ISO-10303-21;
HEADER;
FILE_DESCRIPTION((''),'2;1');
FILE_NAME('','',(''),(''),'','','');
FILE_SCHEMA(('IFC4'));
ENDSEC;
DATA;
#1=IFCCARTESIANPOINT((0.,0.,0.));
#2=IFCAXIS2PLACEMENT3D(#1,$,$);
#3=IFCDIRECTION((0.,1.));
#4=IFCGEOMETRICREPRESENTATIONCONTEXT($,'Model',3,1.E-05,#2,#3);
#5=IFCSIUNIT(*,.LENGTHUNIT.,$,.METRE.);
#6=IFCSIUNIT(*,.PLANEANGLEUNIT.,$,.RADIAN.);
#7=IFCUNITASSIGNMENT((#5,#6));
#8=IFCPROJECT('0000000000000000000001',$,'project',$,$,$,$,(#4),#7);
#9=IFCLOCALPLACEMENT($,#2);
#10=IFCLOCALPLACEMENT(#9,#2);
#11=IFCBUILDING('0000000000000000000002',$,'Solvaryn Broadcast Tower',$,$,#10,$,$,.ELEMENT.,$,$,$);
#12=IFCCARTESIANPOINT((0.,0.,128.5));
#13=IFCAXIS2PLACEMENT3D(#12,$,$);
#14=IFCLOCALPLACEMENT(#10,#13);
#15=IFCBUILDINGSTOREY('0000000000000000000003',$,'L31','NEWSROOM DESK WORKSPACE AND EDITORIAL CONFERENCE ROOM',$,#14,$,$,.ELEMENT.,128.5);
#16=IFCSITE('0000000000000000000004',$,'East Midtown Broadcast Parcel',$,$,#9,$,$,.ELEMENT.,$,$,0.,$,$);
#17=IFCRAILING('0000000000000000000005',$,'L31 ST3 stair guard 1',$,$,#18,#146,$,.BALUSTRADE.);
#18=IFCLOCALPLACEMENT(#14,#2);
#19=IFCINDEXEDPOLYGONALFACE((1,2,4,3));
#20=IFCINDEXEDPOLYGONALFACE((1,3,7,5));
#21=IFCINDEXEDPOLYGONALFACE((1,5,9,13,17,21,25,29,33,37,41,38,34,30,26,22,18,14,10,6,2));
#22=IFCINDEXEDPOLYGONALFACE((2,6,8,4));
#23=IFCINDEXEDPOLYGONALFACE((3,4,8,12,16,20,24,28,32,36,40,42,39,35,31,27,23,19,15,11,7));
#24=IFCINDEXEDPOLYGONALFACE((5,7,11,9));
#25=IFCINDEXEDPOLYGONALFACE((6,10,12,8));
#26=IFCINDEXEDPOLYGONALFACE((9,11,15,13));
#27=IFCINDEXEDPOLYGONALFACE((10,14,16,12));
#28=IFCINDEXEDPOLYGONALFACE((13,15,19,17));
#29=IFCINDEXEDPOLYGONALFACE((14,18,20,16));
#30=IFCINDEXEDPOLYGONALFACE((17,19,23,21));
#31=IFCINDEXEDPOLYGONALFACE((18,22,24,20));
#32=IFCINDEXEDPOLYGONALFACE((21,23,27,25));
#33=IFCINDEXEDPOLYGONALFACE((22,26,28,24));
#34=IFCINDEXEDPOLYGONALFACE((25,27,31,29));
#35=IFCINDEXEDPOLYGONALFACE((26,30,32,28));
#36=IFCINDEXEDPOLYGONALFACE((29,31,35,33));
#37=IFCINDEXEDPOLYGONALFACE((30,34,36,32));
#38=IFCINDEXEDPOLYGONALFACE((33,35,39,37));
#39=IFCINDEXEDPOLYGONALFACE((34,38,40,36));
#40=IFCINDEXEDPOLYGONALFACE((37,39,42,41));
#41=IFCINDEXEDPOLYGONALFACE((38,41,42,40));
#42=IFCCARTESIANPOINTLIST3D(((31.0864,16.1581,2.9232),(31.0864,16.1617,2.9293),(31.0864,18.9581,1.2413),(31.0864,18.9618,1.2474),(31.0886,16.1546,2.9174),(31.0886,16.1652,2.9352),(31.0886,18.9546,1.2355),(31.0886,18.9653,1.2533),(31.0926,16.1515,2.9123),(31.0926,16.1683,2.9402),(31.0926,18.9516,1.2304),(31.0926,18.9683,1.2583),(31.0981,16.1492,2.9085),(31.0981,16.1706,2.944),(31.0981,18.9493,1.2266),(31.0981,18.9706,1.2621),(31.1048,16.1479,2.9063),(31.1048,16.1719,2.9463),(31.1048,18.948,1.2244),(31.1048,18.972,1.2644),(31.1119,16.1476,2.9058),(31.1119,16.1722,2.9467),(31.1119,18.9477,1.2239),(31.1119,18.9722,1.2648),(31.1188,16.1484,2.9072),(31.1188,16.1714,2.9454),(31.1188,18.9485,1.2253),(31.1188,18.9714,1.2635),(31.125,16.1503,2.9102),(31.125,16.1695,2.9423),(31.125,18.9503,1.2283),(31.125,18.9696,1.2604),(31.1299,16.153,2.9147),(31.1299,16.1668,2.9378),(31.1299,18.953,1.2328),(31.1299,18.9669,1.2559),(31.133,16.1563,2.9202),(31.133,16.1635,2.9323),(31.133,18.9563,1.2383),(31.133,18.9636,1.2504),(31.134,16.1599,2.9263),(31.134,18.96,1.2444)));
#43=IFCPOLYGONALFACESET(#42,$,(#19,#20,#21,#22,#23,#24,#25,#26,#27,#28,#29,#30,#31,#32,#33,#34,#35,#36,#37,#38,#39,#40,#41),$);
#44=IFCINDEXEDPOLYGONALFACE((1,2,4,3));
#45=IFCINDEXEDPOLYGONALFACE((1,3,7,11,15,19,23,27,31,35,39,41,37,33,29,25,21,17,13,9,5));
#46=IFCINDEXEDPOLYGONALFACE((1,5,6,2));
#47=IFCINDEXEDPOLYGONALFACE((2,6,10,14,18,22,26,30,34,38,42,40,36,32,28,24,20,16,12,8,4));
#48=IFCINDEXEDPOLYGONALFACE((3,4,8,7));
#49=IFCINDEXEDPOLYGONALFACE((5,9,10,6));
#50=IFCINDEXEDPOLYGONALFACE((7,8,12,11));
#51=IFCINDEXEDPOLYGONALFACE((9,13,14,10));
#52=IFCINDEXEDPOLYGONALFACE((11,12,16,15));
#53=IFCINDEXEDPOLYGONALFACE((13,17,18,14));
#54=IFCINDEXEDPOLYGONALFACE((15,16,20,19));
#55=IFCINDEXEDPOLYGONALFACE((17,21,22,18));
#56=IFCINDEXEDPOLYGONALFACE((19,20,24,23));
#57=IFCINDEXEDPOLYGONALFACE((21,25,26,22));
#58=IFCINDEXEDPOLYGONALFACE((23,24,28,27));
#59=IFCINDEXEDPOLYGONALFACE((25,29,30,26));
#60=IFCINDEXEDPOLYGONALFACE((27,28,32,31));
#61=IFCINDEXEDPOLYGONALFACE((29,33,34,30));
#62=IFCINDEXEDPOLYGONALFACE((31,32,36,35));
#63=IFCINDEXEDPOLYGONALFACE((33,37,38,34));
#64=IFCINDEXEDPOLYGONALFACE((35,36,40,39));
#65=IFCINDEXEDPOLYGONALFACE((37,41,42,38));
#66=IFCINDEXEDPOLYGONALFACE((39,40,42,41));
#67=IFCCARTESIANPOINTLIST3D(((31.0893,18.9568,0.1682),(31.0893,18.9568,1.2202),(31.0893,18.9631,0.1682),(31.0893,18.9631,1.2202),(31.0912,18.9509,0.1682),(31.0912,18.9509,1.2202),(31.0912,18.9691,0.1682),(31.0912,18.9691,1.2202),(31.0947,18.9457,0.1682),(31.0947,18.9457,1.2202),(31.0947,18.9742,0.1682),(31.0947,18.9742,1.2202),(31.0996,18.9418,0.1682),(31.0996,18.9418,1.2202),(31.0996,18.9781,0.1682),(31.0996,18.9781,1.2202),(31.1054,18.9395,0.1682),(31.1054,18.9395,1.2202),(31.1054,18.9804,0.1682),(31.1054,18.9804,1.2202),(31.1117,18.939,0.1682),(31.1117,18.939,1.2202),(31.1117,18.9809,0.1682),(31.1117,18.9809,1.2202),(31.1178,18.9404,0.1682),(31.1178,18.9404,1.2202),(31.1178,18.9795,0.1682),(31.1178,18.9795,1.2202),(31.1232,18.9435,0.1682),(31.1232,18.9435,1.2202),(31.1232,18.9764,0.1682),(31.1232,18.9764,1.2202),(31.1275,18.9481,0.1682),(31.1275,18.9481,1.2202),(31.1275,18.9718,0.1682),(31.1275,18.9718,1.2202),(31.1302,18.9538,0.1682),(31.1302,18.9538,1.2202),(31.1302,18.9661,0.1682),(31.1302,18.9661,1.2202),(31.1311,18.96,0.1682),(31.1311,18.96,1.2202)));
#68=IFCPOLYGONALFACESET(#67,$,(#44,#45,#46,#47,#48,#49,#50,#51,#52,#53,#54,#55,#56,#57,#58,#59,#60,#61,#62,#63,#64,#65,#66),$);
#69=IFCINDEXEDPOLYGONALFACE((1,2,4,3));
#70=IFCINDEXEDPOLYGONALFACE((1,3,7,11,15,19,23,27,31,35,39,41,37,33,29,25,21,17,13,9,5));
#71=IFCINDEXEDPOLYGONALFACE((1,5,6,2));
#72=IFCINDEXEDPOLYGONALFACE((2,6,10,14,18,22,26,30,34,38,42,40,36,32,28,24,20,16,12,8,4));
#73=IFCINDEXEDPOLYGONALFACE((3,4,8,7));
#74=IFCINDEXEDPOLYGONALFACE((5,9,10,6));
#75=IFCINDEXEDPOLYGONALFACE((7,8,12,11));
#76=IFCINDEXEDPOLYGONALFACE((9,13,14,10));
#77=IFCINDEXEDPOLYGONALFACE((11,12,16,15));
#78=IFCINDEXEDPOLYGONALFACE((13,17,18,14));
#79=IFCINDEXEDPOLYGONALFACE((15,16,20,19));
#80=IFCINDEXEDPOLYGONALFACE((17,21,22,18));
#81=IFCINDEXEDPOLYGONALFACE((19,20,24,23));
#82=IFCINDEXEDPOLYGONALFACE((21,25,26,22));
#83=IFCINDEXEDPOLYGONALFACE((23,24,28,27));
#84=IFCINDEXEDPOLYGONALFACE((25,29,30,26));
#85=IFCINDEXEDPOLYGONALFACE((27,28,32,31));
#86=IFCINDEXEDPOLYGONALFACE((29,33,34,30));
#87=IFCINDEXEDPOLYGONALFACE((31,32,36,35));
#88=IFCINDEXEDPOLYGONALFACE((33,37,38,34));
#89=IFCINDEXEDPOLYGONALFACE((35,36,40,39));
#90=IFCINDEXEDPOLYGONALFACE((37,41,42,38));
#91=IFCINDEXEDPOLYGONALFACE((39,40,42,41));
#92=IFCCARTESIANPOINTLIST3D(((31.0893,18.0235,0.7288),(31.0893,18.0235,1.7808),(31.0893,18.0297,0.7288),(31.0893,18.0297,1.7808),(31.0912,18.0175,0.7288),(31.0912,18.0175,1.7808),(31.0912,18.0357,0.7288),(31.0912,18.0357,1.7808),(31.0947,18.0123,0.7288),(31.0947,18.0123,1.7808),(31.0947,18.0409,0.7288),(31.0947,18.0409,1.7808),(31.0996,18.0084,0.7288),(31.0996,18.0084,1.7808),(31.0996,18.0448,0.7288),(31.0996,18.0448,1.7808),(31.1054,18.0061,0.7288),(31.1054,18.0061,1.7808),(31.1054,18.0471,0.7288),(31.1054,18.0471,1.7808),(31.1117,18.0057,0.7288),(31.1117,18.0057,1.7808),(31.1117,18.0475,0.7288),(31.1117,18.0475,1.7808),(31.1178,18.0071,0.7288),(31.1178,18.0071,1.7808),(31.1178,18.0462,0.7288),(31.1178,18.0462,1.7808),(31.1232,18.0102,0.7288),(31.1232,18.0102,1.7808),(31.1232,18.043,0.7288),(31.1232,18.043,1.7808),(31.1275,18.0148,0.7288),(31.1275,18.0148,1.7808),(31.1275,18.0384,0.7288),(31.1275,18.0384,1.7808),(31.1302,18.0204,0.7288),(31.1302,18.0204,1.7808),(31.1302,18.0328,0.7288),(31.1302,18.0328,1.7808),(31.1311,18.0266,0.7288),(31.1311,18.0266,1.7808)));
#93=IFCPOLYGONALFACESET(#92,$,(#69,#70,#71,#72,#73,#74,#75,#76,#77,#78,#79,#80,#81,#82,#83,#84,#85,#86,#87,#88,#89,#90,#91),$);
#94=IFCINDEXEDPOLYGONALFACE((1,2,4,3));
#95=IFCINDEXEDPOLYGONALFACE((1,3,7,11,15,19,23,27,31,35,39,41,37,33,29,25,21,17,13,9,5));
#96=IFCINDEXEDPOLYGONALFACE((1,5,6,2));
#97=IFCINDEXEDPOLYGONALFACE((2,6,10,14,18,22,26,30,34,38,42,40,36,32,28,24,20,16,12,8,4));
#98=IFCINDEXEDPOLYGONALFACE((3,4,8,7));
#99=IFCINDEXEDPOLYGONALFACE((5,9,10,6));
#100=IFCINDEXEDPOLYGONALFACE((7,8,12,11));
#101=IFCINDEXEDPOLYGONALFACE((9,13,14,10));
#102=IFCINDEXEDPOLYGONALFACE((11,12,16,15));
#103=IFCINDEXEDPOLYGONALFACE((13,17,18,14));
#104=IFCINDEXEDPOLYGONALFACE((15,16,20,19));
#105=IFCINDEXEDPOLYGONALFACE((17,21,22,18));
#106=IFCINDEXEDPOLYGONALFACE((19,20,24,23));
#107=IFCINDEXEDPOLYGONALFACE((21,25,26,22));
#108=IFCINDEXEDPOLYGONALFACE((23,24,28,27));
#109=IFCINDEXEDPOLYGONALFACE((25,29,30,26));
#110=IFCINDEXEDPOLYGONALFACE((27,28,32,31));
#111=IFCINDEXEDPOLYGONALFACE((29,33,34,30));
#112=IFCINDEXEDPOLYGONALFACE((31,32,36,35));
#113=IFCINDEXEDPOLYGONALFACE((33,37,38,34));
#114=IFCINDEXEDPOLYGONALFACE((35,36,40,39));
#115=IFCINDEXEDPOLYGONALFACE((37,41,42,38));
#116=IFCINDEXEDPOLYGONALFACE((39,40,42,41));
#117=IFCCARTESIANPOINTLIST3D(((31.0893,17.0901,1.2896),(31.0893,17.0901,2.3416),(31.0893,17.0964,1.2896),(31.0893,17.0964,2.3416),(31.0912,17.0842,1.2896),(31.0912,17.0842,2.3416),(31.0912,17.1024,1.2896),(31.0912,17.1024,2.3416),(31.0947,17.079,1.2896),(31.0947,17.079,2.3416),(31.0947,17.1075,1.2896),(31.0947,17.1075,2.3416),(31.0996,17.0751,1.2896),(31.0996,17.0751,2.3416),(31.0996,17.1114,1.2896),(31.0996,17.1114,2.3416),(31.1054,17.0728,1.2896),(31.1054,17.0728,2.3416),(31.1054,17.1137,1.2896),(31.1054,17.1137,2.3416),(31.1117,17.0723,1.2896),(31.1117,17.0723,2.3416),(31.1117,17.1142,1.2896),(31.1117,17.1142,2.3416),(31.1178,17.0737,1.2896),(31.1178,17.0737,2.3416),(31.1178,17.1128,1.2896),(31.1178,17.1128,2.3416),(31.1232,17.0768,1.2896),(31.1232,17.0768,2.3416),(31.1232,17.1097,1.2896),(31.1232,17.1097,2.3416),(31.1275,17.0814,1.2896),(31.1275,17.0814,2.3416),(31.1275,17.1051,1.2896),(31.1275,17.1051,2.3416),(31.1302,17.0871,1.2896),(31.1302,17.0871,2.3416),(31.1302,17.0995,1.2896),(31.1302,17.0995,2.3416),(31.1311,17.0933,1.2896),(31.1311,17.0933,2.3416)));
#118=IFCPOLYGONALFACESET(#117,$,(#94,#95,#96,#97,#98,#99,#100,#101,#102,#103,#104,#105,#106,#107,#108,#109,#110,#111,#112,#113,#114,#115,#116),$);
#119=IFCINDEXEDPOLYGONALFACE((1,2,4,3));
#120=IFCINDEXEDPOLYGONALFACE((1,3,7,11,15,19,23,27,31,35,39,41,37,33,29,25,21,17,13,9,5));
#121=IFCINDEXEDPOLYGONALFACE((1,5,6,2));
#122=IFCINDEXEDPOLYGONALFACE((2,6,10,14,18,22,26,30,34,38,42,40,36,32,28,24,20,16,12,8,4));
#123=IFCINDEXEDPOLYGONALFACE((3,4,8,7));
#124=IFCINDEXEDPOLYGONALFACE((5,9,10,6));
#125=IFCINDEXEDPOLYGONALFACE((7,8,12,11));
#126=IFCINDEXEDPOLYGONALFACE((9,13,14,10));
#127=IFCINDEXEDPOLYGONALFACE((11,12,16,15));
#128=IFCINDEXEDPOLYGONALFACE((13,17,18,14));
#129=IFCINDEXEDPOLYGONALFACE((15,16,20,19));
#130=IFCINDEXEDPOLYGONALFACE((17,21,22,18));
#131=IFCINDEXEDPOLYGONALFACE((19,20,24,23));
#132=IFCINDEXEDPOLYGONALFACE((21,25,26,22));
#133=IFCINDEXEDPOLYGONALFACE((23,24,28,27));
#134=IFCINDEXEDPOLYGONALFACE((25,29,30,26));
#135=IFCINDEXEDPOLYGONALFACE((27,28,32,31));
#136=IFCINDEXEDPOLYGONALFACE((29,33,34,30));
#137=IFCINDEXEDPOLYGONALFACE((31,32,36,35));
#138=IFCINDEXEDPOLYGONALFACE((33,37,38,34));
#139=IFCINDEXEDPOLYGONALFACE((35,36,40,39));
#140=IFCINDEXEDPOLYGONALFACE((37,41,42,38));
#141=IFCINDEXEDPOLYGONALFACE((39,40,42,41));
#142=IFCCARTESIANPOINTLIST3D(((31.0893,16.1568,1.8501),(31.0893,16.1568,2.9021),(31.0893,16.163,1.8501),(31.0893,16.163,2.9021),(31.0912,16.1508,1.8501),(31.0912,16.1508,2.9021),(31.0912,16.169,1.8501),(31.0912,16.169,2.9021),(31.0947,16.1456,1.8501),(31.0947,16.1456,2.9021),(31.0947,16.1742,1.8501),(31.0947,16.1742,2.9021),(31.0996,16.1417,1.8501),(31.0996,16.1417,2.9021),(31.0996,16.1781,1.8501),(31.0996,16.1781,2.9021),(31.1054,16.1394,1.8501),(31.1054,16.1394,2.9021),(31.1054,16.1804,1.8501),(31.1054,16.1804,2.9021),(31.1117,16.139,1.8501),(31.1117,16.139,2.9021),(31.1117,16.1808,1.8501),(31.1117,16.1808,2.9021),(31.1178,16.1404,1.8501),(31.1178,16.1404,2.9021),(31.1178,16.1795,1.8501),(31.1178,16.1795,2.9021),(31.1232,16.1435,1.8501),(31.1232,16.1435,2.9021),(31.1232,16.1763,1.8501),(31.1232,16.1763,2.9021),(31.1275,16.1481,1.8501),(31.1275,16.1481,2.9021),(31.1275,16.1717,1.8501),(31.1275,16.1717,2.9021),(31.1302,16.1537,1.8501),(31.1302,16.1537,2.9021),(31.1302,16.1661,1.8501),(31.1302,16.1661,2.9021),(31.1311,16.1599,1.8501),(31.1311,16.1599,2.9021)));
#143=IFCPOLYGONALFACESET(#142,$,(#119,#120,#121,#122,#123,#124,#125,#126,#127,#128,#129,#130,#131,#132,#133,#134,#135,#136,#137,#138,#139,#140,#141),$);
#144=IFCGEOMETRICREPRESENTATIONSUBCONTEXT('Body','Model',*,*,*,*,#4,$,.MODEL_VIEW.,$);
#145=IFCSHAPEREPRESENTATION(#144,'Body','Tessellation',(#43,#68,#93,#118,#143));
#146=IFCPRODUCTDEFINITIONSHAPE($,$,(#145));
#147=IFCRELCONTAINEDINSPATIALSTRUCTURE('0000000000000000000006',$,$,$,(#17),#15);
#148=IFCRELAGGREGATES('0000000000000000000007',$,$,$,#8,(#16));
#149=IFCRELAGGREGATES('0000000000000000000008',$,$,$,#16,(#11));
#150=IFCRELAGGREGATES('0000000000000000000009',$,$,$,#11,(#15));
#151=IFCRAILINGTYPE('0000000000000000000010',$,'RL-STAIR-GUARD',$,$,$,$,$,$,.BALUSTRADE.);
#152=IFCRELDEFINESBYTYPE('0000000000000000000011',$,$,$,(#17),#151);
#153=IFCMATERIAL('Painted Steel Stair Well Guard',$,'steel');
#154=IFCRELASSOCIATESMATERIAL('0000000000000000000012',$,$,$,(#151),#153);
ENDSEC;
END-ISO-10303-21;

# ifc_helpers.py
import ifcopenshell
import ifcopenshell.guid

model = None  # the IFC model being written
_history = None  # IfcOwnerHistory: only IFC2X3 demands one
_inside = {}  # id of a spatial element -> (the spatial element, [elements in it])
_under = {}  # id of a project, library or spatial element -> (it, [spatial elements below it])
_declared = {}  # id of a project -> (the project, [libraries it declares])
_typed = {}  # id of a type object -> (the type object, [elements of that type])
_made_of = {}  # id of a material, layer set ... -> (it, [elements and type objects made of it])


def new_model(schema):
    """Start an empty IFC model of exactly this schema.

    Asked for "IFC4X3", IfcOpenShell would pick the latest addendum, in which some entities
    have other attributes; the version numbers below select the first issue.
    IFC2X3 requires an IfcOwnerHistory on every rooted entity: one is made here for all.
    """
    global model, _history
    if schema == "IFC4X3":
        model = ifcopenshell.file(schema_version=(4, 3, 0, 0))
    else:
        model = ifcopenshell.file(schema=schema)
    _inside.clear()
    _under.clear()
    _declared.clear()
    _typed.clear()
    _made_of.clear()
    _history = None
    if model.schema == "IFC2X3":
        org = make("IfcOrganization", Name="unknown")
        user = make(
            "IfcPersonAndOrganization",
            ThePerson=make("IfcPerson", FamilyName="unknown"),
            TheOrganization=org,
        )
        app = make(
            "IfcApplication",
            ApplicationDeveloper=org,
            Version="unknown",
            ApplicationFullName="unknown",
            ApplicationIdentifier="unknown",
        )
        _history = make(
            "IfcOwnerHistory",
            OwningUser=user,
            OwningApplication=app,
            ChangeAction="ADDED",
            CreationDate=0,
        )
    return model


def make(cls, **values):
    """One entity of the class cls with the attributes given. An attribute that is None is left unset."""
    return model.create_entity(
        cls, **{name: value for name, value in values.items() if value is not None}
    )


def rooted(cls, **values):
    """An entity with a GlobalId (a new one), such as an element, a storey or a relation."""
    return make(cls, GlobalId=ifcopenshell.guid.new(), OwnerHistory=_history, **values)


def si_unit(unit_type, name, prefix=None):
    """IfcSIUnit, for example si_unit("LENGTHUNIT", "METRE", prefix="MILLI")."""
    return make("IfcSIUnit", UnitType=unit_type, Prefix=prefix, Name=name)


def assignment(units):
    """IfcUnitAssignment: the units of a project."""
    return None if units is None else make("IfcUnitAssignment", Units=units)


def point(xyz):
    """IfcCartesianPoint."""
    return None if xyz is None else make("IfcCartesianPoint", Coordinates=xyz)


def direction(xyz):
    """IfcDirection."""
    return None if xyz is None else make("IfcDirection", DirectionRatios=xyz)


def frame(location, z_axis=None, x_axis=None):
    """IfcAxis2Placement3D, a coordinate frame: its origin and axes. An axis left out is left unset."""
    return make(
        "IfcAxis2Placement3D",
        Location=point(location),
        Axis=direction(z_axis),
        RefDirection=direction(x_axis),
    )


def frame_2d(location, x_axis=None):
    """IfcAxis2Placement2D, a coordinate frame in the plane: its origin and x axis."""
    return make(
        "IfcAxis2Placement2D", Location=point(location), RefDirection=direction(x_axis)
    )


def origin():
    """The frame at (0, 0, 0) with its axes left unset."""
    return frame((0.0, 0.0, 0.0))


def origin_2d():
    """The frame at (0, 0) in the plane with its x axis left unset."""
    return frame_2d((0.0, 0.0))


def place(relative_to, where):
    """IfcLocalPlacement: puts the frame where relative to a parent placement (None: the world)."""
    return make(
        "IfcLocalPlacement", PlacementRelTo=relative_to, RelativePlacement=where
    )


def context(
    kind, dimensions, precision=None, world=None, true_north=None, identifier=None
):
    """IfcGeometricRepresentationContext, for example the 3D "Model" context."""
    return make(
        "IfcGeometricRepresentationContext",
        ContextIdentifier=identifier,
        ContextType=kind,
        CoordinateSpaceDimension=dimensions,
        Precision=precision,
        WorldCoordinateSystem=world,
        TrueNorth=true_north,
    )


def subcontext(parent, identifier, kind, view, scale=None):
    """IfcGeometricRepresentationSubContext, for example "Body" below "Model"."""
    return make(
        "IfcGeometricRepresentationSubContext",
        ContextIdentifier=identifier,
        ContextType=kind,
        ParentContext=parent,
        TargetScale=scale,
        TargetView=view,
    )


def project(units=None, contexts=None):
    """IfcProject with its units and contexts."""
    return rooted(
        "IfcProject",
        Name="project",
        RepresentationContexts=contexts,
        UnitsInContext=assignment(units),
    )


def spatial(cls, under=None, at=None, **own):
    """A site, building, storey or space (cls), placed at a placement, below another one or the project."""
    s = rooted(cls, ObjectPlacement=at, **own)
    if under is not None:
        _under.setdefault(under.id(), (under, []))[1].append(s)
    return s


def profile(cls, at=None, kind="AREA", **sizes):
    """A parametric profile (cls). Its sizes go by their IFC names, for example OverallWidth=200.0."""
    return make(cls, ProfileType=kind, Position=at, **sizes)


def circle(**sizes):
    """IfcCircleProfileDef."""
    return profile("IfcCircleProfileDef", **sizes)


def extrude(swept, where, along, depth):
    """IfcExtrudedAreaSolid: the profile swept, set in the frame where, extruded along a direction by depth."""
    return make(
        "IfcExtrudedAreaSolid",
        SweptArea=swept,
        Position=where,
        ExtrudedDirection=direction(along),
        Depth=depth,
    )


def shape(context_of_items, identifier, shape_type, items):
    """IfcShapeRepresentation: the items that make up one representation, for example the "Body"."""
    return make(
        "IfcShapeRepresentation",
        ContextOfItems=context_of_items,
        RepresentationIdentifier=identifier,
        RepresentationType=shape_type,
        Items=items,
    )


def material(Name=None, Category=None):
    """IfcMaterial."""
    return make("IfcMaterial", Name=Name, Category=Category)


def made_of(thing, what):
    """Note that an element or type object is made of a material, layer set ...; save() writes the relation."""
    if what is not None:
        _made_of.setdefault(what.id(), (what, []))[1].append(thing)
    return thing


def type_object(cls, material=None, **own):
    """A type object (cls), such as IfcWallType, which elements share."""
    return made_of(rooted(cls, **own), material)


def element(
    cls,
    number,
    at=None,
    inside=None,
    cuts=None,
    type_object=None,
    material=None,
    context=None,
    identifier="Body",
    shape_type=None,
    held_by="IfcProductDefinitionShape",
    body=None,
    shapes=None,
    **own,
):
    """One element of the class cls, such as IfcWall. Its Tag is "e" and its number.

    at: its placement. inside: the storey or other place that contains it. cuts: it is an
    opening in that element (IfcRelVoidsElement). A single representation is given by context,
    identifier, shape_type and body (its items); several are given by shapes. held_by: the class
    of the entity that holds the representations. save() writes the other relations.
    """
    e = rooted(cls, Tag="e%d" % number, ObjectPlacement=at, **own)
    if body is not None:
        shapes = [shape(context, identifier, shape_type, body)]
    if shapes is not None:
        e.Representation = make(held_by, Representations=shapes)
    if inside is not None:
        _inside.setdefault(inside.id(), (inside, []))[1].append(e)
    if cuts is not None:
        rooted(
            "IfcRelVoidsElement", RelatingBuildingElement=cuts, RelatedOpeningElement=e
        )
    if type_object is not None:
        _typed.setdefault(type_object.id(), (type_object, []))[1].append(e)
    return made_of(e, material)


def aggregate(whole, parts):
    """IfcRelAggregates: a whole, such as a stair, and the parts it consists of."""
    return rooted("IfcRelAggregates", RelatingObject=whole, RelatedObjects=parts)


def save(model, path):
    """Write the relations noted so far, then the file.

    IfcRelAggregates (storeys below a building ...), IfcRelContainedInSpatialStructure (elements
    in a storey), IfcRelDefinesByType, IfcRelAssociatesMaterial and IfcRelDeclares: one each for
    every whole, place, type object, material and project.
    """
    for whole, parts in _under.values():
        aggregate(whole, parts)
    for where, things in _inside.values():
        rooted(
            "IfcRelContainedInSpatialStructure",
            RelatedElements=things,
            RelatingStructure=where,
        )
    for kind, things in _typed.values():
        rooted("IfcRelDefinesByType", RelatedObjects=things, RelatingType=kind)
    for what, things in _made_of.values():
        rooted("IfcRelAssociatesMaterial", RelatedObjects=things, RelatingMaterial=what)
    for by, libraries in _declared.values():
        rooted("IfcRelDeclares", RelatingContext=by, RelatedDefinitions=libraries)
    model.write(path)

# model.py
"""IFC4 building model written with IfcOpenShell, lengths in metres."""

from ifc_helpers import new_model, si_unit, direction, frame, origin, origin_2d, place, context, subcontext, project, spatial, circle, extrude, material, type_object, element, save


model = new_model("IFC4")

# Units and contexts
model_context = context("Model", 3, precision=1e-05, world=origin(), true_north=direction((0.0, 1.0)))
body_context = subcontext(model_context, "Body", "Model", "MODEL_VIEW")
ifc_project = project(units=[si_unit("LENGTHUNIT", "METRE"), si_unit("PLANEANGLEUNIT", "RADIAN")], contexts=[model_context])

# Site, building, storey
site_placement = place(None, origin())
site = spatial("IfcSite", under=ifc_project, at=site_placement, Name="East Midtown Broadcast Parcel", CompositionType="ELEMENT", RefElevation=0.0)
building_placement = place(site_placement, origin())
building = spatial("IfcBuilding", under=site, at=building_placement, Name="Solvaryn Broadcast Tower", CompositionType="ELEMENT")
storey_placement = place(building_placement, frame((0.0, 0.0, 128.5)))
storey = spatial("IfcBuildingStorey", under=building, at=storey_placement, Name="L31", Description="NEWSROOM DESK WORKSPACE AND EDITORIAL CONFERENCE ROOM", CompositionType="ELEMENT", Elevation=128.5)

# Railing
ifc_material_1 = material(Name="Painted Steel Stair Well Guard", Category="steel")
railing_type_1 = type_object("IfcRailingType", Name="RL-STAIR-GUARD", PredefinedType="BALUSTRADE", material=ifc_material_1)
railing_1_placement = place(storey_placement, frame((31.1101, 18.96, 0.1682)))
element("IfcRailing", 1, at=railing_1_placement, inside=storey, type_object=railing_type_1, Name="L31 ST3 stair guard 1", PredefinedType="BALUSTRADE", context=body_context, shape_type="SweptSolid", body=[
    extrude(circle(Radius=0.0239, at=origin_2d()), frame((0.0, 0.0, 1.0762), z_axis=(0.0, -0.857242, 0.514913), x_axis=(1.0, 0.0, 0.0)), (0.0, 0.0, 1.0), 3.2664),
    extrude(circle(Radius=0.021, at=origin_2d()), origin(), (0.0, 0.0, 1.0), 1.052),
    extrude(circle(Radius=0.021, at=origin_2d()), frame((0.0, -0.9333, 0.5605)), (0.0, 0.0, 1.0), 1.052),
    extrude(circle(Radius=0.021, at=origin_2d()), frame((0.0, -1.8667, 1.1213)), (0.0, 0.0, 1.0), 1.052),
    extrude(circle(Radius=0.021, at=origin_2d()), frame((0.0, -2.8, 1.6819)), (0.0, 0.0, 1.0), 1.052),
])

save(model, "model.ifc")
